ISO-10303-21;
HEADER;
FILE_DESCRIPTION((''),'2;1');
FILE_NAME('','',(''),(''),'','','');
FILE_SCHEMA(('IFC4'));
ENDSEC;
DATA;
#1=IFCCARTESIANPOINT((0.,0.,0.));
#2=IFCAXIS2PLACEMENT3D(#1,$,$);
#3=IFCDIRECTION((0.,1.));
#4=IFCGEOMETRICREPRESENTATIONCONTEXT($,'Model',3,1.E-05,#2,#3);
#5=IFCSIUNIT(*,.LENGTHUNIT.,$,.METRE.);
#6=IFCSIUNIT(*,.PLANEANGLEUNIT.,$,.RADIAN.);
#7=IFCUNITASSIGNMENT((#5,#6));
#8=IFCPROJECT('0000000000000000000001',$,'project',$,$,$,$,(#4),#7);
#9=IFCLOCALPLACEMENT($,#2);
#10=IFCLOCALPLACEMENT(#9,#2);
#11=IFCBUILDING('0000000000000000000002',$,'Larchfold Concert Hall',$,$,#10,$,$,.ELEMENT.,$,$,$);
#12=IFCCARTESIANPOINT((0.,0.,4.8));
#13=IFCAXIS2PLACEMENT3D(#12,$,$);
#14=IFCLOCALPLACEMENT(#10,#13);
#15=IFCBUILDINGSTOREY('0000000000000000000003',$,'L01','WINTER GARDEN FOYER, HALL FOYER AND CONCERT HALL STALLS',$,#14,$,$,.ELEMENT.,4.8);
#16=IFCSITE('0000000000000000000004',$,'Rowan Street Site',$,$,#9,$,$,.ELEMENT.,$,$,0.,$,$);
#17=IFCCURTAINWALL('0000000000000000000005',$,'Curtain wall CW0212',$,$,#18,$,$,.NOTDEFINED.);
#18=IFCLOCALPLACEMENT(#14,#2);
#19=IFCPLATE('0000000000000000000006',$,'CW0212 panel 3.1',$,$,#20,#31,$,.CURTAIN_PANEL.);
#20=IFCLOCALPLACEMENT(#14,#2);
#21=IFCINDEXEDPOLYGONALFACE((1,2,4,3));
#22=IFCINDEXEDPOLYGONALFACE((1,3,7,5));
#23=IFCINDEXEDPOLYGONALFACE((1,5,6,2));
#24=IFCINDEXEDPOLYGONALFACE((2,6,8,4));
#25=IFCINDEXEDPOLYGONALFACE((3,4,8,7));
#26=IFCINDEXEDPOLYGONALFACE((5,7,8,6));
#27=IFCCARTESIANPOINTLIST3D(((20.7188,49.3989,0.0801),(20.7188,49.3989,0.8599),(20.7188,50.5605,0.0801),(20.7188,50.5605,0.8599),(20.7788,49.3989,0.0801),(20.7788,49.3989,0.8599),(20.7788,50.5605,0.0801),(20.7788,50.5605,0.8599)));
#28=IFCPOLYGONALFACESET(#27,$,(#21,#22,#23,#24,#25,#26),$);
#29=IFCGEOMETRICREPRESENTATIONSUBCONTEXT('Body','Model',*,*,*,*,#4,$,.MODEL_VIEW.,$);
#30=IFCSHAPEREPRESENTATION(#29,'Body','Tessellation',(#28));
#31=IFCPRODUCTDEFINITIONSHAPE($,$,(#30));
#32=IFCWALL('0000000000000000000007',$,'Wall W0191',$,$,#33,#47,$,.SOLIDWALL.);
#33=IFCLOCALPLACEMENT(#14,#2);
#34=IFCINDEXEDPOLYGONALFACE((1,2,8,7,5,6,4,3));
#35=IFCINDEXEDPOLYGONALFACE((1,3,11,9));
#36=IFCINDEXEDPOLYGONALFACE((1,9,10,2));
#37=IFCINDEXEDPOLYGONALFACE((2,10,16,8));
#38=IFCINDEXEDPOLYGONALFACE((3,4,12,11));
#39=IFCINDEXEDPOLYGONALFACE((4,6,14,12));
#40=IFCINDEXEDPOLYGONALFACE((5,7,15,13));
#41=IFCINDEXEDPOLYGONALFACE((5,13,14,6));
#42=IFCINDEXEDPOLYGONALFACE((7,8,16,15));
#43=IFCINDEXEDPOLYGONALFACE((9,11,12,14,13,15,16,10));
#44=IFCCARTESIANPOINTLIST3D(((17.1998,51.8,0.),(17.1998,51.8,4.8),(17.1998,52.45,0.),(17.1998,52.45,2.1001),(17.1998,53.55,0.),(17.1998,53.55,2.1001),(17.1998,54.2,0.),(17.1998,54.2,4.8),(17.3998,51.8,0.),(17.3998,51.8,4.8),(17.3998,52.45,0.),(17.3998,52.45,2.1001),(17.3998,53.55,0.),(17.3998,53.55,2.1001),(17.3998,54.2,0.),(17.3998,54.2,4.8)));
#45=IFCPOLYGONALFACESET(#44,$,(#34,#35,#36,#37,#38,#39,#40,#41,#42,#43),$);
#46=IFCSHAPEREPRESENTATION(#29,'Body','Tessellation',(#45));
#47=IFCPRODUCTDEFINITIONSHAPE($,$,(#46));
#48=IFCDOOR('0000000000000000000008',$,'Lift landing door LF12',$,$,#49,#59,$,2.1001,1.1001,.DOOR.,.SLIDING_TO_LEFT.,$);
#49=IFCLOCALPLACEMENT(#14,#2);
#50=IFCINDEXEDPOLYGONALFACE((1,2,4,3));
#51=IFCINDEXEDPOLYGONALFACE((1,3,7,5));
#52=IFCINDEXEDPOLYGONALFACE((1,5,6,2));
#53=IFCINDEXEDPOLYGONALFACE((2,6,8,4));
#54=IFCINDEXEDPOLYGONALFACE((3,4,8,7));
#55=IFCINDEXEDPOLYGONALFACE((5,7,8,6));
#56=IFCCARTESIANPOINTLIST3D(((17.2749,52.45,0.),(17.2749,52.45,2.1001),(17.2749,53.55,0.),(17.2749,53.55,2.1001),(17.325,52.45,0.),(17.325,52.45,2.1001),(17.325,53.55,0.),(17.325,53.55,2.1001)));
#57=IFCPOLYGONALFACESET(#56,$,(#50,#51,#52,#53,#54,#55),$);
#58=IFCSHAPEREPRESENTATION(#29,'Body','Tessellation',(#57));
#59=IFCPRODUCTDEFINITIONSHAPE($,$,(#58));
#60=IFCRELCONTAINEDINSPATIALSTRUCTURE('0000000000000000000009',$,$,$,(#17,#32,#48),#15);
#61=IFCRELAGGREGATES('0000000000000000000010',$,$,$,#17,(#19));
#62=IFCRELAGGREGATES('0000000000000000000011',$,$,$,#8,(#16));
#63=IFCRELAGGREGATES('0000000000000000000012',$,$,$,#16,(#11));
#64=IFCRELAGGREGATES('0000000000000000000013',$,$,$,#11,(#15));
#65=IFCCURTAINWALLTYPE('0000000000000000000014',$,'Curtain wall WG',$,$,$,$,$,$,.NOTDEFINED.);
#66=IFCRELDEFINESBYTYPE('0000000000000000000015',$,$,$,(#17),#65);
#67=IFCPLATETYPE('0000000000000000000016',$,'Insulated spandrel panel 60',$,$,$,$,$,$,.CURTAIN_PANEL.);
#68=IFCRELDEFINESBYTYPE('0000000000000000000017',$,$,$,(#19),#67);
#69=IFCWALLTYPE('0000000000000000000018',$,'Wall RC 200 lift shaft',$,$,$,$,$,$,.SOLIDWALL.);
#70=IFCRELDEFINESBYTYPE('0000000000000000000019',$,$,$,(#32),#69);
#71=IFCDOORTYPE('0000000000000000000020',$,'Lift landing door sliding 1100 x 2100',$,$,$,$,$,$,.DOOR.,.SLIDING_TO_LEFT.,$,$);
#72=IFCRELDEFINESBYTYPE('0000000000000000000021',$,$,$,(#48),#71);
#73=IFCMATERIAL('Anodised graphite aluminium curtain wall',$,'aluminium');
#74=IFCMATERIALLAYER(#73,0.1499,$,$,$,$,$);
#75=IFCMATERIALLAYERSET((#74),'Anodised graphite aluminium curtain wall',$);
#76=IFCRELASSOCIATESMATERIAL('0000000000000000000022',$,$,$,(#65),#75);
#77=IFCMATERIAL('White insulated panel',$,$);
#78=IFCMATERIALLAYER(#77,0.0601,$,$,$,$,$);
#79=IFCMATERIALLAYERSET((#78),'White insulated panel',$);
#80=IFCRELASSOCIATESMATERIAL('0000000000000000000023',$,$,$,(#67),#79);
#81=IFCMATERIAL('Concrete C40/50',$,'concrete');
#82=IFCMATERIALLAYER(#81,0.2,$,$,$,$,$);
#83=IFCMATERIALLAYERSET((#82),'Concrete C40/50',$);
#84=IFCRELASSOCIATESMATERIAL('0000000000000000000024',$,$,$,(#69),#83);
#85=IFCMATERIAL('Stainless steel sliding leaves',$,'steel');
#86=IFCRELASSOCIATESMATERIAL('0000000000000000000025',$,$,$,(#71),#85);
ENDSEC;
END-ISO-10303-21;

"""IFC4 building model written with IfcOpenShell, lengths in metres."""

from ifc_helpers import new_model, si_unit, direction, frame, frame_2d, origin, origin_2d, place, context, subcontext, project, spatial, rectangle, extrude, material, layer, layer_set, type_object, element, fill, aggregate, save


model = new_model("IFC4")

# Units and contexts
model_context = context("Model", 3, precision=1e-05, world=origin(), true_north=direction((0.0, 1.0)))
body_context = subcontext(model_context, "Body", "Model", "MODEL_VIEW")
ifc_project = project(units=[si_unit("LENGTHUNIT", "METRE"), si_unit("PLANEANGLEUNIT", "RADIAN")], contexts=[model_context])

# Site, building, storey
site_placement = place(None, origin())
site = spatial("IfcSite", under=ifc_project, at=site_placement, Name="Rowan Street Site", CompositionType="ELEMENT", RefElevation=0.0)
building_placement = place(site_placement, origin())
building = spatial("IfcBuilding", under=site, at=building_placement, Name="Larchfold Concert Hall", CompositionType="ELEMENT")
storey_placement = place(building_placement, frame((0.0, 0.0, 4.8)))
storey = spatial("IfcBuildingStorey", under=building, at=storey_placement, Name="L01", Description="WINTER GARDEN FOYER, HALL FOYER AND CONCERT HALL STALLS", CompositionType="ELEMENT", Elevation=4.8)

# Shared definitions
ifc_material_1 = material(Name="Anodised graphite aluminium curtain wall", Category="aluminium")
ifc_layer_1 = layer(ifc_material_1, 0.1499)
ifc_layer_set_1 = layer_set([ifc_layer_1], Name="Anodised graphite aluminium curtain wall")
curtain_wall_type = type_object("IfcCurtainWallType", Name="Curtain wall WG", PredefinedType="NOTDEFINED", material=ifc_layer_set_1)

# Curtain wall
curtain_wall_1_placement = place(storey_placement, origin())
curtain_wall_1 = element("IfcCurtainWall", 1, at=curtain_wall_1_placement, inside=storey, type_object=curtain_wall_type, Name="Curtain wall CW0212", PredefinedType="NOTDEFINED")

# Plate
ifc_material_2 = material(Name="White insulated panel")
ifc_layer_2 = layer(ifc_material_2, 0.0601)
ifc_layer_set_2 = layer_set([ifc_layer_2], Name="White insulated panel")
plate_type_1 = type_object("IfcPlateType", Name="Insulated spandrel panel 60", PredefinedType="CURTAIN_PANEL", material=ifc_layer_set_2)
plate_1_placement = place(storey_placement, frame((20.7488, 49.9797, 0.0801), z_axis=(0.0, 0.0, 1.0), x_axis=(0.0, 1.0, 0.0)))
plate_1 = element("IfcPlate", 2, at=plate_1_placement, type_object=plate_type_1, Name="CW0212 panel 3.1", PredefinedType="CURTAIN_PANEL", context=body_context, shape_type="SweptSolid", body=[
    extrude(rectangle(XDim=1.1616, YDim=0.0601, at=origin_2d()), origin(), (0.0, 0.0, 1.0), 0.7798),
])
aggregate(curtain_wall_1, [plate_1])

# Wall, opening, door
ifc_material_3 = material(Name="Concrete C40/50", Category="concrete")
ifc_layer_3 = layer(ifc_material_3, 0.2)
ifc_layer_set_3 = layer_set([ifc_layer_3], Name="Concrete C40/50")
wall_type = type_object("IfcWallType", Name="Wall RC 200 lift shaft", PredefinedType="SOLIDWALL", material=ifc_layer_set_3)
wall_placement = place(storey_placement, frame((17.2998, 51.8, 0.0), z_axis=(0.0, 0.0, 1.0), x_axis=(0.0, 1.0, 0.0)))
wall = element("IfcWall", 3, at=wall_placement, inside=storey, type_object=wall_type, Name="Wall W0191", PredefinedType="SOLIDWALL", context=body_context, shape_type="SweptSolid", body=[
    extrude(rectangle(XDim=2.3999, YDim=0.2, at=frame_2d((1.2, 0.0))), origin(), (0.0, 0.0, 1.0), 4.8),
])
opening_placement = place(wall_placement, frame((0.6499, 0.0, 0.0)))
opening = element("IfcOpeningElement", 4, at=opening_placement, cuts=wall, PredefinedType="OPENING", context=body_context, shape_type="SweptSolid", body=[
    extrude(rectangle(XDim=1.1001, YDim=2.1001, at=frame_2d((0.55, 1.05))), frame((0.0, 0.1099, 0.0), z_axis=(0.0, -1.0, 0.0), x_axis=(1.0, 0.0, 0.0)), (0.0, 0.0, 1.0), 0.22),
])
ifc_material_4 = material(Name="Stainless steel sliding leaves", Category="steel")
door_type = type_object("IfcDoorType", Name="Lift landing door sliding 1100 x 2100", OperationType="SLIDING_TO_LEFT", PredefinedType="DOOR", material=ifc_material_4)
door_placement = place(opening_placement, origin())
door = element("IfcDoor", 5, at=door_placement, inside=storey, type_object=door_type, Name="Lift landing door LF12", OperationType="SLIDING_TO_LEFT", OverallHeight=2.1001, OverallWidth=1.1001, PredefinedType="DOOR", context=body_context, shape_type="SweptSolid", body=[
    extrude(rectangle(XDim=1.1001, YDim=2.1001, at=frame_2d((0.55, 1.05))), frame((0.0, 0.0249, 0.0), z_axis=(0.0, -1.0, 0.0), x_axis=(1.0, 0.0, 0.0)), (0.0, 0.0, 1.0), 0.05),
])
fill(opening, door)

save(model, "model.ifc")
